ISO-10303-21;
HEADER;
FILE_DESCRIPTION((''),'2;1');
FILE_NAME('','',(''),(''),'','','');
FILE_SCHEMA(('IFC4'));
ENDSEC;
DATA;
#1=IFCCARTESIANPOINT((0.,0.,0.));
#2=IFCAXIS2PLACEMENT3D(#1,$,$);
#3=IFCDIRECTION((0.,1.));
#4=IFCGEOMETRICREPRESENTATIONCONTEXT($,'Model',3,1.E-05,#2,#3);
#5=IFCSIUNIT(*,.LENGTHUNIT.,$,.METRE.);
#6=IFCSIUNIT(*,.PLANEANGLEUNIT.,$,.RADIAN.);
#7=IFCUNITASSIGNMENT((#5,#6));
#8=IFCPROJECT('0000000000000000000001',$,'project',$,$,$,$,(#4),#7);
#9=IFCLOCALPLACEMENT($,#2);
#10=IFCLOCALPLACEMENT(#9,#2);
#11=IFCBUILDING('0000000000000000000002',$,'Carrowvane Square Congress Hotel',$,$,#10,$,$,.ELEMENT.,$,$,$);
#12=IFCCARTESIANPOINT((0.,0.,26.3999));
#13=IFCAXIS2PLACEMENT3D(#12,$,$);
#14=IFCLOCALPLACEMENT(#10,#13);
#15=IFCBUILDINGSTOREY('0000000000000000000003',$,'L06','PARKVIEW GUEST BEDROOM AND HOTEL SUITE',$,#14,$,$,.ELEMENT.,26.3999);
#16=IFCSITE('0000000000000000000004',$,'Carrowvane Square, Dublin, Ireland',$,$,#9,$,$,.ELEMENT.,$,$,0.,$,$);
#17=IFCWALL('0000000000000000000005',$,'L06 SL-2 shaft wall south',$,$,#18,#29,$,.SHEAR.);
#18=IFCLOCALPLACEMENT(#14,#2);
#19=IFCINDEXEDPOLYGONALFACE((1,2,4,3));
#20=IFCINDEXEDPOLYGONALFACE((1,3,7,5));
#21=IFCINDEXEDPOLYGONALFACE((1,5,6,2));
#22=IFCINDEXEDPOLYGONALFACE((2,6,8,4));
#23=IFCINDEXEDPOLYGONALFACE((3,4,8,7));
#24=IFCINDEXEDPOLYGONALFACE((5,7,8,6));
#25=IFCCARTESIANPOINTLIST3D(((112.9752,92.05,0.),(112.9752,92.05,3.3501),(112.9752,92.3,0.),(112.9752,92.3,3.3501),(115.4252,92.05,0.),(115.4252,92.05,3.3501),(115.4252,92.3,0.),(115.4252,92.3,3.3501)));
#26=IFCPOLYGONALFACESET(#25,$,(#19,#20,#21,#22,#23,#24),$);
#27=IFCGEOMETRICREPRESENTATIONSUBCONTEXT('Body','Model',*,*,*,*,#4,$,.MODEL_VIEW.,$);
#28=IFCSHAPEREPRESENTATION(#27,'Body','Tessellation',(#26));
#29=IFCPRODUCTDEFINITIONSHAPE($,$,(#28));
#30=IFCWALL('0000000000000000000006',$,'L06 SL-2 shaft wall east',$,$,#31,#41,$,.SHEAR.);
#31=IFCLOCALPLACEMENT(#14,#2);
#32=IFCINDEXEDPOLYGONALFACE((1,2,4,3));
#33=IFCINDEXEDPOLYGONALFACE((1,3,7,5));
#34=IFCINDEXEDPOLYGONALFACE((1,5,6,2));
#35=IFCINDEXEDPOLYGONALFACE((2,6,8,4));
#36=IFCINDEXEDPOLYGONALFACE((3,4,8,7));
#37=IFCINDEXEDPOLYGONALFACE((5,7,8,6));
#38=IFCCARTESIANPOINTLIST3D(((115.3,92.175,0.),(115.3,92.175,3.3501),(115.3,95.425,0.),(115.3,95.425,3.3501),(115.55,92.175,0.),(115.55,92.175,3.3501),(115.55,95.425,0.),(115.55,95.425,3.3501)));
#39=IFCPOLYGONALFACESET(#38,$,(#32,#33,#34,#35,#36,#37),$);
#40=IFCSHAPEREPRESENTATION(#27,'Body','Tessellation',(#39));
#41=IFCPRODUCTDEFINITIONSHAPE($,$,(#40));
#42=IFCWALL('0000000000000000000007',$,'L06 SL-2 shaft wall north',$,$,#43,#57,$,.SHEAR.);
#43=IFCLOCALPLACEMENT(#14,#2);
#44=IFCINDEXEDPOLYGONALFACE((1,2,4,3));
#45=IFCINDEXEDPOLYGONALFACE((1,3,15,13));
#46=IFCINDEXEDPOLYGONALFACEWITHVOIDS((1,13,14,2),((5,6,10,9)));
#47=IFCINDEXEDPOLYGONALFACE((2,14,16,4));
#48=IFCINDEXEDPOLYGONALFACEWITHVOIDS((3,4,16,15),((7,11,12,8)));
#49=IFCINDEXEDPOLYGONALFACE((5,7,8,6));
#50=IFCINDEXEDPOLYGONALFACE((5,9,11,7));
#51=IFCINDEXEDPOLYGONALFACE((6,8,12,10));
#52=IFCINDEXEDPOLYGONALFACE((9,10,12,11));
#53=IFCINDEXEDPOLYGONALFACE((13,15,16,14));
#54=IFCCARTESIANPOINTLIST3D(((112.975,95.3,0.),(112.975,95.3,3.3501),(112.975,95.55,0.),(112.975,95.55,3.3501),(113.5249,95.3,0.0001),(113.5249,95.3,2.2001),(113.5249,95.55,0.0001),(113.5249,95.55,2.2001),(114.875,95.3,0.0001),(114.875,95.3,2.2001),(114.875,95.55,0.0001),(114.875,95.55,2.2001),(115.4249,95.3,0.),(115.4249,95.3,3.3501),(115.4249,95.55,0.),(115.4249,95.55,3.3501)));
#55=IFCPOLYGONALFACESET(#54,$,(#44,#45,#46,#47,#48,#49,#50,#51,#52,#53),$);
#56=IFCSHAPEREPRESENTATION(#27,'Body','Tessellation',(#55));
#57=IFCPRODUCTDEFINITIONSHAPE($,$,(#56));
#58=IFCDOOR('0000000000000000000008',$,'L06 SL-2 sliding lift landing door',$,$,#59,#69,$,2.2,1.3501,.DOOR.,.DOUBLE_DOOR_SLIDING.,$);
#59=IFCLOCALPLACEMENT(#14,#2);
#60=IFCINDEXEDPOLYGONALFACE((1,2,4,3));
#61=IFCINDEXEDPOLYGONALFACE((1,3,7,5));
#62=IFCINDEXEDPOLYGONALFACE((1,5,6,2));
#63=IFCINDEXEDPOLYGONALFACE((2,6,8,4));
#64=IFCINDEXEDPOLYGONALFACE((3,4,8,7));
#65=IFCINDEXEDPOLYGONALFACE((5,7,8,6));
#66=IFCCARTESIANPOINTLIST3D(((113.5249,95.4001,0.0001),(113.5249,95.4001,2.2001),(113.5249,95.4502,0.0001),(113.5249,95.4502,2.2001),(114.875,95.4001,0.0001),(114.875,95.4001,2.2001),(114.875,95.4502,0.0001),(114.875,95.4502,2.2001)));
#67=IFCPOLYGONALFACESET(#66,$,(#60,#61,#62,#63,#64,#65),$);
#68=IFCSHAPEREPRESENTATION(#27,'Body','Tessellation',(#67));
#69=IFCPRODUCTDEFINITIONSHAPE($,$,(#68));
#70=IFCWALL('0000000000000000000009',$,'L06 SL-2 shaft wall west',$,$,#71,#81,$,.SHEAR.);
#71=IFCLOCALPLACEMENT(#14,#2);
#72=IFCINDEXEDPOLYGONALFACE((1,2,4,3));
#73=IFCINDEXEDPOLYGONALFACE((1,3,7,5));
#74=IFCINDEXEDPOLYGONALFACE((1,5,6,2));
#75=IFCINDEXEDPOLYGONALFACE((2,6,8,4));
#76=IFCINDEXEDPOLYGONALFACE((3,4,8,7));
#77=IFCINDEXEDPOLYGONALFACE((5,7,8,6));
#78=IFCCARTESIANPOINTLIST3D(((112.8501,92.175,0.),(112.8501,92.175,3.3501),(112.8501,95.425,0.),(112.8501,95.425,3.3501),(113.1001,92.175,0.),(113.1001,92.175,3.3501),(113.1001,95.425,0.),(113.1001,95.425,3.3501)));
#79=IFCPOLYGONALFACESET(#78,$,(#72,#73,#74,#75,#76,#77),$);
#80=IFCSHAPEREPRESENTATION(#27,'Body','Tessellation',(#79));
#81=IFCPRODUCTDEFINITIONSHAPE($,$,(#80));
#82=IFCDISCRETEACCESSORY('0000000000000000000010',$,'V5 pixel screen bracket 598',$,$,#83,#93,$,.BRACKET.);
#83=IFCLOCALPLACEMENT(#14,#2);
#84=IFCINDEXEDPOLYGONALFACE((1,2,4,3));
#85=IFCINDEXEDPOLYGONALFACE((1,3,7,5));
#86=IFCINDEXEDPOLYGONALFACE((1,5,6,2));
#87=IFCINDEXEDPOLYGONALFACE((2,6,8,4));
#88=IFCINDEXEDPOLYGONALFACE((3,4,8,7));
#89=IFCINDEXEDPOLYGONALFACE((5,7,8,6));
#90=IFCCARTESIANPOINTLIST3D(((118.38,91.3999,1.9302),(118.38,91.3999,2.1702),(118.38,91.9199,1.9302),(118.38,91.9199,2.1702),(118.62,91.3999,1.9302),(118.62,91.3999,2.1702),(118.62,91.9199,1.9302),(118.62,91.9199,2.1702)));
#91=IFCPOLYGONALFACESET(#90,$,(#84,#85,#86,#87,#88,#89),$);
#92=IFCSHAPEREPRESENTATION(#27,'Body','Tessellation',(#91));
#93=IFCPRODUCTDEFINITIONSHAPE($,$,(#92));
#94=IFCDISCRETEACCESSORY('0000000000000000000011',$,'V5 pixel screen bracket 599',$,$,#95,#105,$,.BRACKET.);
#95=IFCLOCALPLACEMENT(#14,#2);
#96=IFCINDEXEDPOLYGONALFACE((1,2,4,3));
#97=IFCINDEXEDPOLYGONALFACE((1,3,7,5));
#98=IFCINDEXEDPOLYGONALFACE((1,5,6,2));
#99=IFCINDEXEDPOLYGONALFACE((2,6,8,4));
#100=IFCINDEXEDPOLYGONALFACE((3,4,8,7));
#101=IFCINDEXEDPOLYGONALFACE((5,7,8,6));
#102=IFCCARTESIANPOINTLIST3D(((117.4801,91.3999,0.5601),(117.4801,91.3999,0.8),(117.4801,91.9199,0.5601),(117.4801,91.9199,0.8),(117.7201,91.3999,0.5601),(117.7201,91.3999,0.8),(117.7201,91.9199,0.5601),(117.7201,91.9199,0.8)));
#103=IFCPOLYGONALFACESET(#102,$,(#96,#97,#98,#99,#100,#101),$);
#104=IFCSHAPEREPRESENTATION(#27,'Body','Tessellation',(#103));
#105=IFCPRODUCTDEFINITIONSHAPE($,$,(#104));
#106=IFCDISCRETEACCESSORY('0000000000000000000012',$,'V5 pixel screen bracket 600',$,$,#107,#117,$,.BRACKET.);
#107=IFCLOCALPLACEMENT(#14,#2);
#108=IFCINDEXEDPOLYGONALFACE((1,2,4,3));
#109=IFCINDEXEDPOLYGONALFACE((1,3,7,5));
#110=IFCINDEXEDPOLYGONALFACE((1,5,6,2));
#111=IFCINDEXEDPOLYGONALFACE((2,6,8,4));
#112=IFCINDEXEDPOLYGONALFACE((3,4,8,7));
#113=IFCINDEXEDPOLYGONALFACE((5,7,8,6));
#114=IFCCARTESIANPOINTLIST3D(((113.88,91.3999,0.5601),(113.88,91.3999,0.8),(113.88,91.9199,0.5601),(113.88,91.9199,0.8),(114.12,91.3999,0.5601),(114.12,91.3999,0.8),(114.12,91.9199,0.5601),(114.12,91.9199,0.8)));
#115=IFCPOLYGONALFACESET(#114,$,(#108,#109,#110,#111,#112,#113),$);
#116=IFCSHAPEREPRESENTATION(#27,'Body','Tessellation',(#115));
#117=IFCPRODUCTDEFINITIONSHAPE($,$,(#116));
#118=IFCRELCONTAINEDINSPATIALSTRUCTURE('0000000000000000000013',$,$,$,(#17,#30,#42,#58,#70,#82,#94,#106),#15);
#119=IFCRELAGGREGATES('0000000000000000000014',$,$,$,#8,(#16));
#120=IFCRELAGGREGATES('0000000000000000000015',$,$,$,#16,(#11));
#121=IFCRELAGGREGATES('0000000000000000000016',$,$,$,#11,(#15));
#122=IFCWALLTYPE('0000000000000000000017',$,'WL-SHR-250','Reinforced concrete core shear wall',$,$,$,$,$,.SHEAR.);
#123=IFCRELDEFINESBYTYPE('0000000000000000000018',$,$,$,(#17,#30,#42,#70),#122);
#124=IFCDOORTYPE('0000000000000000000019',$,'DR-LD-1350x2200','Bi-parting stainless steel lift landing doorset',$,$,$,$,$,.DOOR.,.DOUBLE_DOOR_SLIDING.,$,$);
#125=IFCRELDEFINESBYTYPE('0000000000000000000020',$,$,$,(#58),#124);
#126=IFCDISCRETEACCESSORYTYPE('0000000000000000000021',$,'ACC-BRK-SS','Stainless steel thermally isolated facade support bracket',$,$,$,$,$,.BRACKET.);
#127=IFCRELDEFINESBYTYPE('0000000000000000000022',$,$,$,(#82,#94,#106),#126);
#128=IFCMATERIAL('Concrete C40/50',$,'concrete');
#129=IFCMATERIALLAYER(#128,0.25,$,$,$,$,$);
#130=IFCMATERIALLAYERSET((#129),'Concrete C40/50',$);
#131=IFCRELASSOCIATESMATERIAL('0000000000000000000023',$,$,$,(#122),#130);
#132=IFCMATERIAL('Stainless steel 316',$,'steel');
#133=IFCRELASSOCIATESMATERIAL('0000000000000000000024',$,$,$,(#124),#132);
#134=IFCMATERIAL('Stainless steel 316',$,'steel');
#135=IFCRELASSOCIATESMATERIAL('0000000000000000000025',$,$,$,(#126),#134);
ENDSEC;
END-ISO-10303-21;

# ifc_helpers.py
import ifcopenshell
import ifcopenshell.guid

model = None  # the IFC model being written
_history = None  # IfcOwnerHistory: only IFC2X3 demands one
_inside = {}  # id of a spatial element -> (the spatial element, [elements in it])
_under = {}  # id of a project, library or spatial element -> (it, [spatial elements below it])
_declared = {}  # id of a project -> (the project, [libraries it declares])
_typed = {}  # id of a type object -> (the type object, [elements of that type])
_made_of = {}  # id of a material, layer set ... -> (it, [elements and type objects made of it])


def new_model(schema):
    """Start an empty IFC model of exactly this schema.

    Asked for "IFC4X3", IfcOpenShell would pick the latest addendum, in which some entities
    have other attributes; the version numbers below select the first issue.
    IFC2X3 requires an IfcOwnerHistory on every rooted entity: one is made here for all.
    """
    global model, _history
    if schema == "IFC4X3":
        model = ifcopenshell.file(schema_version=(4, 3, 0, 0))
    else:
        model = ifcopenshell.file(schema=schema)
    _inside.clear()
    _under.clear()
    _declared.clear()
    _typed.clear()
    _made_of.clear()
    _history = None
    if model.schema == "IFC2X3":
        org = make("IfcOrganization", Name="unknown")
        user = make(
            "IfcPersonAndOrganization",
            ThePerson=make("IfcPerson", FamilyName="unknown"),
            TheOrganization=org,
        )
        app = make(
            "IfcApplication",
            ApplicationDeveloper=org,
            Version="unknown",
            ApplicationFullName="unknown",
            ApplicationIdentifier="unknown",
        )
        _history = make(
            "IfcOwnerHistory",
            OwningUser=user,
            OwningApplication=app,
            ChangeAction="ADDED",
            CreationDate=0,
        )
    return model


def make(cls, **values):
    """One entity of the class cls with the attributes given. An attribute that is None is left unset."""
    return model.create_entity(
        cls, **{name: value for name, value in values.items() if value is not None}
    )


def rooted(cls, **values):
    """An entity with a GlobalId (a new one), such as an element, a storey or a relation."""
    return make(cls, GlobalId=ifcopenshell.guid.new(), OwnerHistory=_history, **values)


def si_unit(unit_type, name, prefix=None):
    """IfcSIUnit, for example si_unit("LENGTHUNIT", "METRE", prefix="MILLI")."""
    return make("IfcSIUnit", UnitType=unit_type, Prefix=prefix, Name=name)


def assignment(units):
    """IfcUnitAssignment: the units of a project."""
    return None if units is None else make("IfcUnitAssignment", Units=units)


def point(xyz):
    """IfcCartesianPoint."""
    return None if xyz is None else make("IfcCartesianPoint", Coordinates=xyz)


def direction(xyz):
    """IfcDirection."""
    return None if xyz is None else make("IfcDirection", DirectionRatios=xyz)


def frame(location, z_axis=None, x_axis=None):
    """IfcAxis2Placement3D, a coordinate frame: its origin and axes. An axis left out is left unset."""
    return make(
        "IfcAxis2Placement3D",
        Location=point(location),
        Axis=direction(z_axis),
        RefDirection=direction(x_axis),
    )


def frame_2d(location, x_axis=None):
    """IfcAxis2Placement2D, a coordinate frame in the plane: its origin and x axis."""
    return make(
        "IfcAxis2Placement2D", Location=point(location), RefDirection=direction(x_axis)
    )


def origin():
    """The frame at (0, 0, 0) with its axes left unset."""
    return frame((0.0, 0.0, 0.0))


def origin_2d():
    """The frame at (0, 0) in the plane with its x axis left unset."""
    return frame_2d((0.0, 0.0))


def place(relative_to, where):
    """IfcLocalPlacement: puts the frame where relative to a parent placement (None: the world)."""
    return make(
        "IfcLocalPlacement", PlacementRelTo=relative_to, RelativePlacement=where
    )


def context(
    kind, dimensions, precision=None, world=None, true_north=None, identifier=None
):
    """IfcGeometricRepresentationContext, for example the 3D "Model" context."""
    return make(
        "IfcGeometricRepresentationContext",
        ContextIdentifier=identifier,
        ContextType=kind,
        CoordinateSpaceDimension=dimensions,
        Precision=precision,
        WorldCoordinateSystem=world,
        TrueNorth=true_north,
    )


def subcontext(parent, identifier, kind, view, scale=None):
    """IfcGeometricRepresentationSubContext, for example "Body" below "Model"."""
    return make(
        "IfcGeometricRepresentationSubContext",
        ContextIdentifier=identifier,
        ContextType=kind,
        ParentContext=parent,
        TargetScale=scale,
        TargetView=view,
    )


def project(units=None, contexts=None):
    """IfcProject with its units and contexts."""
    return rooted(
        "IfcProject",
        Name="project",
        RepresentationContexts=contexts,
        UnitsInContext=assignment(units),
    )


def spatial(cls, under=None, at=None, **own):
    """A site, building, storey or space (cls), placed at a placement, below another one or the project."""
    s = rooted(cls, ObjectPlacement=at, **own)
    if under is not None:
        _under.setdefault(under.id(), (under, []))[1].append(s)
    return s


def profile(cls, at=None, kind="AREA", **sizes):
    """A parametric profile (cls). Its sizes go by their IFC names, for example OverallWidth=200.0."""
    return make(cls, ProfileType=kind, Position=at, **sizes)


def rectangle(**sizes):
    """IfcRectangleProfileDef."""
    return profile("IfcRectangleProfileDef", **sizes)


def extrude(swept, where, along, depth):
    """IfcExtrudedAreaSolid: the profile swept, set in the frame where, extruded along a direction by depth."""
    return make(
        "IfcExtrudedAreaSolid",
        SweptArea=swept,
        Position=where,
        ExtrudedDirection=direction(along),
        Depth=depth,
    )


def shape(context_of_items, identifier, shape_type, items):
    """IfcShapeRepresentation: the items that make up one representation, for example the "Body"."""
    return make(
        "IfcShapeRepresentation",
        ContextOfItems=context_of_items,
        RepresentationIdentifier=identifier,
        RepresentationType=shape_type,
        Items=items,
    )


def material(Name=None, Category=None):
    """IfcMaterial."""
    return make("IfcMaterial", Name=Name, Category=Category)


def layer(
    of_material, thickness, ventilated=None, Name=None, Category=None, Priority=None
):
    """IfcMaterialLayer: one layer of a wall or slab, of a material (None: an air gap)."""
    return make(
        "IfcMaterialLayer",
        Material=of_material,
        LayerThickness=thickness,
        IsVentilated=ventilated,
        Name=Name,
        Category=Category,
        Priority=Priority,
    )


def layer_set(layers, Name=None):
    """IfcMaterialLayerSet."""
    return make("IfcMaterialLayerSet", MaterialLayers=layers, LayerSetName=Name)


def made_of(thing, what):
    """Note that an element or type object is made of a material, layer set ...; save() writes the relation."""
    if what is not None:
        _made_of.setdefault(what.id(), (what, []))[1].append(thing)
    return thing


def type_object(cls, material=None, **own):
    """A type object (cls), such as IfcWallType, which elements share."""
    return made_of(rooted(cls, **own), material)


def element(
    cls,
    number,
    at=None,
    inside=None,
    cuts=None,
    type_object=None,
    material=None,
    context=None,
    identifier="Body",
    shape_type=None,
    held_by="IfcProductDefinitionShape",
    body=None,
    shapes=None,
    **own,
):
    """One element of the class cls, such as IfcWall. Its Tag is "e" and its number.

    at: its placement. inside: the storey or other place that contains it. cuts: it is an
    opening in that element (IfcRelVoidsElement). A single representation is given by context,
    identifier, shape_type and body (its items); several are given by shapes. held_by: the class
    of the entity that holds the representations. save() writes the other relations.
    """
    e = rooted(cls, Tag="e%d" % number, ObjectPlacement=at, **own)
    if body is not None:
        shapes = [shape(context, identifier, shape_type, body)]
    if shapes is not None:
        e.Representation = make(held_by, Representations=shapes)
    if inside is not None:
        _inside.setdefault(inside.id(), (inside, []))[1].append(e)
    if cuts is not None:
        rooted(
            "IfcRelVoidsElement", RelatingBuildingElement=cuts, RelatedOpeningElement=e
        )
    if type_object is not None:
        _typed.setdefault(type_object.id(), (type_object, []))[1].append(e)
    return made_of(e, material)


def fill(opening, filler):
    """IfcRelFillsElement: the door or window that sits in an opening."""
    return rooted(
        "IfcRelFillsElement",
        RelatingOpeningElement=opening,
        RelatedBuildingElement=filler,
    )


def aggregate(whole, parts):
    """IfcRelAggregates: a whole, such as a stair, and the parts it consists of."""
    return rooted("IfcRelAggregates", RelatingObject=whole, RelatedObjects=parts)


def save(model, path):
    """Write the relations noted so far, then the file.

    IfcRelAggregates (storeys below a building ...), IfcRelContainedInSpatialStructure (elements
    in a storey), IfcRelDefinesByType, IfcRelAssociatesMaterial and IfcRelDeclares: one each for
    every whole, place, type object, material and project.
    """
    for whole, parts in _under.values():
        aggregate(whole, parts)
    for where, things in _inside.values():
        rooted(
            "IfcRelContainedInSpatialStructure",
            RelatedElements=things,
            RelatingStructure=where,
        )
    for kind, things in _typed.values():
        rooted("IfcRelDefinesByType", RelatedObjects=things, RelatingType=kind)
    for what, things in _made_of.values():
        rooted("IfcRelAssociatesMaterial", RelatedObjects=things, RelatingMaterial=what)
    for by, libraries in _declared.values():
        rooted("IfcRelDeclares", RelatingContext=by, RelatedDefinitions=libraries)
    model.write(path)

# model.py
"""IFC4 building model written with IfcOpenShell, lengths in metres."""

from ifc_helpers import new_model, si_unit, direction, frame, frame_2d, origin, origin_2d, place, context, subcontext, project, spatial, rectangle, extrude, material, layer, layer_set, type_object, element, fill, save


model = new_model("IFC4")

# Units and contexts
model_context = context("Model", 3, precision=1e-05, world=origin(), true_north=direction((0.0, 1.0)))
body_context = subcontext(model_context, "Body", "Model", "MODEL_VIEW")
ifc_project = project(units=[si_unit("LENGTHUNIT", "METRE"), si_unit("PLANEANGLEUNIT", "RADIAN")], contexts=[model_context])

# Site, building, storey
site_placement = place(None, origin())
site = spatial("IfcSite", under=ifc_project, at=site_placement, Name="Carrowvane Square, Dublin, Ireland", CompositionType="ELEMENT", RefElevation=0.0)
building_placement = place(site_placement, origin())
building = spatial("IfcBuilding", under=site, at=building_placement, Name="Carrowvane Square Congress Hotel", CompositionType="ELEMENT")
storey_placement = place(building_placement, frame((0.0, 0.0, 26.3999)))
storey = spatial("IfcBuildingStorey", under=building, at=storey_placement, Name="L06", Description="PARKVIEW GUEST BEDROOM AND HOTEL SUITE", CompositionType="ELEMENT", Elevation=26.3999)

# Shared definitions
ifc_material_1 = material(Name="Concrete C40/50", Category="concrete")
ifc_layer_1 = layer(ifc_material_1, 0.25)
ifc_layer_set_1 = layer_set([ifc_layer_1], Name="Concrete C40/50")
wall_type_1 = type_object("IfcWallType", Name="WL-SHR-250", Description="Reinforced concrete core shear wall", PredefinedType="SHEAR", material=ifc_layer_set_1)

# Walls
wall_1_placement = place(storey_placement, frame((112.9751, 92.175, 0.0), z_axis=(0.0, 0.0, 1.0), x_axis=(1.0, 0.0, 0.0)))
element("IfcWall", 1, at=wall_1_placement, inside=storey, type_object=wall_type_1, Name="L06 SL-2 shaft wall south", PredefinedType="SHEAR", context=body_context, shape_type="SweptSolid", body=[
    extrude(rectangle(XDim=2.45, YDim=0.25, at=frame_2d((1.2251, 0.0))), origin(), (0.0, 0.0, 1.0), 3.3501),
])
wall_2_placement = place(storey_placement, frame((115.425, 92.175, 0.0), z_axis=(0.0, 0.0, 1.0), x_axis=(0.0, 1.0, 0.0)))
element("IfcWall", 2, at=wall_2_placement, inside=storey, type_object=wall_type_1, Name="L06 SL-2 shaft wall east", PredefinedType="SHEAR", context=body_context, shape_type="SweptSolid", body=[
    extrude(rectangle(XDim=3.25, YDim=0.25, at=frame_2d((1.625, 0.0))), origin(), (0.0, 0.0, 1.0), 3.3501),
])

# Wall, opening, door
wall_3_placement = place(storey_placement, frame((115.425, 95.425, 0.0), z_axis=(0.0, 0.0, 1.0), x_axis=(-1.0, 0.0, 0.0)))
wall_3 = element("IfcWall", 3, at=wall_3_placement, inside=storey, type_object=wall_type_1, Name="L06 SL-2 shaft wall north", PredefinedType="SHEAR", context=body_context, shape_type="SweptSolid", body=[
    extrude(rectangle(XDim=2.45, YDim=0.25, at=frame_2d((1.2251, 0.0))), origin(), (0.0, 0.0, 1.0), 3.3501),
])
opening_1_placement = place(wall_3_placement, frame((0.55, 0.0, 0.0)))
opening_1 = element("IfcOpeningElement", 4, at=opening_1_placement, cuts=wall_3, PredefinedType="OPENING", context=body_context, shape_type="SweptSolid", body=[
    extrude(rectangle(XDim=1.3501, YDim=2.2, at=frame_2d((0.675, 1.1001))), frame((0.0, 0.135, 0.0), z_axis=(0.0, -1.0, 0.0), x_axis=(1.0, 0.0, 0.0)), (0.0, 0.0, 1.0), 0.27),
])
ifc_material_2 = material(Name="Stainless steel 316", Category="steel")
door_type_1 = type_object("IfcDoorType", Name="DR-LD-1350x2200", Description="Bi-parting stainless steel lift landing doorset", OperationType="DOUBLE_DOOR_SLIDING", PredefinedType="DOOR", material=ifc_material_2)
door_1_placement = place(opening_1_placement, origin())
door_1 = element("IfcDoor", 5, at=door_1_placement, inside=storey, type_object=door_type_1, Name="L06 SL-2 sliding lift landing door", OperationType="DOUBLE_DOOR_SLIDING", OverallHeight=2.2, OverallWidth=1.3501, PredefinedType="DOOR", context=body_context, shape_type="SweptSolid", body=[
    extrude(rectangle(XDim=1.3501, YDim=2.2, at=frame_2d((0.675, 1.1001))), frame((0.0, 0.0249, 0.0), z_axis=(0.0, -1.0, 0.0), x_axis=(1.0, 0.0, 0.0)), (0.0, 0.0, 1.0), 0.05),
])
fill(opening_1, door_1)

# Wall
wall_4_placement = place(storey_placement, frame((112.9751, 95.425, 0.0), z_axis=(0.0, 0.0, 1.0), x_axis=(0.0, -1.0, 0.0)))
element("IfcWall", 6, at=wall_4_placement, inside=storey, type_object=wall_type_1, Name="L06 SL-2 shaft wall west", PredefinedType="SHEAR", context=body_context, shape_type="SweptSolid", body=[
    extrude(rectangle(XDim=3.25, YDim=0.25, at=frame_2d((1.625, 0.0))), origin(), (0.0, 0.0, 1.0), 3.3501),
])

# Discrete accessories
ifc_material_3 = material(Name="Stainless steel 316", Category="steel")
discrete_accessory_type = type_object("IfcDiscreteAccessoryType", Name="ACC-BRK-SS", Description="Stainless steel thermally isolated facade support bracket", PredefinedType="BRACKET", material=ifc_material_3)
for number, where, z_axis, x_axis, name in (
    (7, (118.5, 91.6599, 1.9302), (0.0, 0.0, 1.0), (-1.0, 0.0, 0.0), "V5 pixel screen bracket 598"),
    (8, (117.6001, 91.6599, 0.5601), (0.0, 0.0, 1.0), (-1.0, 0.0, 0.0), "V5 pixel screen bracket 599"),
    (9, (114.0, 91.6599, 0.5601), (0.0, 0.0, 1.0), (-1.0, 0.0, 0.0), "V5 pixel screen bracket 600"),
):
    element("IfcDiscreteAccessory", number, at=place(storey_placement, frame(where, z_axis=z_axis, x_axis=x_axis)), inside=storey, type_object=discrete_accessory_type, Name=name, PredefinedType="BRACKET", context=body_context, shape_type="SweptSolid", body=[
        extrude(rectangle(XDim=0.24, YDim=0.52, at=origin_2d()), origin(), (0.0, 0.0, 1.0), 0.24),
    ])

save(model, "model.ifc")
